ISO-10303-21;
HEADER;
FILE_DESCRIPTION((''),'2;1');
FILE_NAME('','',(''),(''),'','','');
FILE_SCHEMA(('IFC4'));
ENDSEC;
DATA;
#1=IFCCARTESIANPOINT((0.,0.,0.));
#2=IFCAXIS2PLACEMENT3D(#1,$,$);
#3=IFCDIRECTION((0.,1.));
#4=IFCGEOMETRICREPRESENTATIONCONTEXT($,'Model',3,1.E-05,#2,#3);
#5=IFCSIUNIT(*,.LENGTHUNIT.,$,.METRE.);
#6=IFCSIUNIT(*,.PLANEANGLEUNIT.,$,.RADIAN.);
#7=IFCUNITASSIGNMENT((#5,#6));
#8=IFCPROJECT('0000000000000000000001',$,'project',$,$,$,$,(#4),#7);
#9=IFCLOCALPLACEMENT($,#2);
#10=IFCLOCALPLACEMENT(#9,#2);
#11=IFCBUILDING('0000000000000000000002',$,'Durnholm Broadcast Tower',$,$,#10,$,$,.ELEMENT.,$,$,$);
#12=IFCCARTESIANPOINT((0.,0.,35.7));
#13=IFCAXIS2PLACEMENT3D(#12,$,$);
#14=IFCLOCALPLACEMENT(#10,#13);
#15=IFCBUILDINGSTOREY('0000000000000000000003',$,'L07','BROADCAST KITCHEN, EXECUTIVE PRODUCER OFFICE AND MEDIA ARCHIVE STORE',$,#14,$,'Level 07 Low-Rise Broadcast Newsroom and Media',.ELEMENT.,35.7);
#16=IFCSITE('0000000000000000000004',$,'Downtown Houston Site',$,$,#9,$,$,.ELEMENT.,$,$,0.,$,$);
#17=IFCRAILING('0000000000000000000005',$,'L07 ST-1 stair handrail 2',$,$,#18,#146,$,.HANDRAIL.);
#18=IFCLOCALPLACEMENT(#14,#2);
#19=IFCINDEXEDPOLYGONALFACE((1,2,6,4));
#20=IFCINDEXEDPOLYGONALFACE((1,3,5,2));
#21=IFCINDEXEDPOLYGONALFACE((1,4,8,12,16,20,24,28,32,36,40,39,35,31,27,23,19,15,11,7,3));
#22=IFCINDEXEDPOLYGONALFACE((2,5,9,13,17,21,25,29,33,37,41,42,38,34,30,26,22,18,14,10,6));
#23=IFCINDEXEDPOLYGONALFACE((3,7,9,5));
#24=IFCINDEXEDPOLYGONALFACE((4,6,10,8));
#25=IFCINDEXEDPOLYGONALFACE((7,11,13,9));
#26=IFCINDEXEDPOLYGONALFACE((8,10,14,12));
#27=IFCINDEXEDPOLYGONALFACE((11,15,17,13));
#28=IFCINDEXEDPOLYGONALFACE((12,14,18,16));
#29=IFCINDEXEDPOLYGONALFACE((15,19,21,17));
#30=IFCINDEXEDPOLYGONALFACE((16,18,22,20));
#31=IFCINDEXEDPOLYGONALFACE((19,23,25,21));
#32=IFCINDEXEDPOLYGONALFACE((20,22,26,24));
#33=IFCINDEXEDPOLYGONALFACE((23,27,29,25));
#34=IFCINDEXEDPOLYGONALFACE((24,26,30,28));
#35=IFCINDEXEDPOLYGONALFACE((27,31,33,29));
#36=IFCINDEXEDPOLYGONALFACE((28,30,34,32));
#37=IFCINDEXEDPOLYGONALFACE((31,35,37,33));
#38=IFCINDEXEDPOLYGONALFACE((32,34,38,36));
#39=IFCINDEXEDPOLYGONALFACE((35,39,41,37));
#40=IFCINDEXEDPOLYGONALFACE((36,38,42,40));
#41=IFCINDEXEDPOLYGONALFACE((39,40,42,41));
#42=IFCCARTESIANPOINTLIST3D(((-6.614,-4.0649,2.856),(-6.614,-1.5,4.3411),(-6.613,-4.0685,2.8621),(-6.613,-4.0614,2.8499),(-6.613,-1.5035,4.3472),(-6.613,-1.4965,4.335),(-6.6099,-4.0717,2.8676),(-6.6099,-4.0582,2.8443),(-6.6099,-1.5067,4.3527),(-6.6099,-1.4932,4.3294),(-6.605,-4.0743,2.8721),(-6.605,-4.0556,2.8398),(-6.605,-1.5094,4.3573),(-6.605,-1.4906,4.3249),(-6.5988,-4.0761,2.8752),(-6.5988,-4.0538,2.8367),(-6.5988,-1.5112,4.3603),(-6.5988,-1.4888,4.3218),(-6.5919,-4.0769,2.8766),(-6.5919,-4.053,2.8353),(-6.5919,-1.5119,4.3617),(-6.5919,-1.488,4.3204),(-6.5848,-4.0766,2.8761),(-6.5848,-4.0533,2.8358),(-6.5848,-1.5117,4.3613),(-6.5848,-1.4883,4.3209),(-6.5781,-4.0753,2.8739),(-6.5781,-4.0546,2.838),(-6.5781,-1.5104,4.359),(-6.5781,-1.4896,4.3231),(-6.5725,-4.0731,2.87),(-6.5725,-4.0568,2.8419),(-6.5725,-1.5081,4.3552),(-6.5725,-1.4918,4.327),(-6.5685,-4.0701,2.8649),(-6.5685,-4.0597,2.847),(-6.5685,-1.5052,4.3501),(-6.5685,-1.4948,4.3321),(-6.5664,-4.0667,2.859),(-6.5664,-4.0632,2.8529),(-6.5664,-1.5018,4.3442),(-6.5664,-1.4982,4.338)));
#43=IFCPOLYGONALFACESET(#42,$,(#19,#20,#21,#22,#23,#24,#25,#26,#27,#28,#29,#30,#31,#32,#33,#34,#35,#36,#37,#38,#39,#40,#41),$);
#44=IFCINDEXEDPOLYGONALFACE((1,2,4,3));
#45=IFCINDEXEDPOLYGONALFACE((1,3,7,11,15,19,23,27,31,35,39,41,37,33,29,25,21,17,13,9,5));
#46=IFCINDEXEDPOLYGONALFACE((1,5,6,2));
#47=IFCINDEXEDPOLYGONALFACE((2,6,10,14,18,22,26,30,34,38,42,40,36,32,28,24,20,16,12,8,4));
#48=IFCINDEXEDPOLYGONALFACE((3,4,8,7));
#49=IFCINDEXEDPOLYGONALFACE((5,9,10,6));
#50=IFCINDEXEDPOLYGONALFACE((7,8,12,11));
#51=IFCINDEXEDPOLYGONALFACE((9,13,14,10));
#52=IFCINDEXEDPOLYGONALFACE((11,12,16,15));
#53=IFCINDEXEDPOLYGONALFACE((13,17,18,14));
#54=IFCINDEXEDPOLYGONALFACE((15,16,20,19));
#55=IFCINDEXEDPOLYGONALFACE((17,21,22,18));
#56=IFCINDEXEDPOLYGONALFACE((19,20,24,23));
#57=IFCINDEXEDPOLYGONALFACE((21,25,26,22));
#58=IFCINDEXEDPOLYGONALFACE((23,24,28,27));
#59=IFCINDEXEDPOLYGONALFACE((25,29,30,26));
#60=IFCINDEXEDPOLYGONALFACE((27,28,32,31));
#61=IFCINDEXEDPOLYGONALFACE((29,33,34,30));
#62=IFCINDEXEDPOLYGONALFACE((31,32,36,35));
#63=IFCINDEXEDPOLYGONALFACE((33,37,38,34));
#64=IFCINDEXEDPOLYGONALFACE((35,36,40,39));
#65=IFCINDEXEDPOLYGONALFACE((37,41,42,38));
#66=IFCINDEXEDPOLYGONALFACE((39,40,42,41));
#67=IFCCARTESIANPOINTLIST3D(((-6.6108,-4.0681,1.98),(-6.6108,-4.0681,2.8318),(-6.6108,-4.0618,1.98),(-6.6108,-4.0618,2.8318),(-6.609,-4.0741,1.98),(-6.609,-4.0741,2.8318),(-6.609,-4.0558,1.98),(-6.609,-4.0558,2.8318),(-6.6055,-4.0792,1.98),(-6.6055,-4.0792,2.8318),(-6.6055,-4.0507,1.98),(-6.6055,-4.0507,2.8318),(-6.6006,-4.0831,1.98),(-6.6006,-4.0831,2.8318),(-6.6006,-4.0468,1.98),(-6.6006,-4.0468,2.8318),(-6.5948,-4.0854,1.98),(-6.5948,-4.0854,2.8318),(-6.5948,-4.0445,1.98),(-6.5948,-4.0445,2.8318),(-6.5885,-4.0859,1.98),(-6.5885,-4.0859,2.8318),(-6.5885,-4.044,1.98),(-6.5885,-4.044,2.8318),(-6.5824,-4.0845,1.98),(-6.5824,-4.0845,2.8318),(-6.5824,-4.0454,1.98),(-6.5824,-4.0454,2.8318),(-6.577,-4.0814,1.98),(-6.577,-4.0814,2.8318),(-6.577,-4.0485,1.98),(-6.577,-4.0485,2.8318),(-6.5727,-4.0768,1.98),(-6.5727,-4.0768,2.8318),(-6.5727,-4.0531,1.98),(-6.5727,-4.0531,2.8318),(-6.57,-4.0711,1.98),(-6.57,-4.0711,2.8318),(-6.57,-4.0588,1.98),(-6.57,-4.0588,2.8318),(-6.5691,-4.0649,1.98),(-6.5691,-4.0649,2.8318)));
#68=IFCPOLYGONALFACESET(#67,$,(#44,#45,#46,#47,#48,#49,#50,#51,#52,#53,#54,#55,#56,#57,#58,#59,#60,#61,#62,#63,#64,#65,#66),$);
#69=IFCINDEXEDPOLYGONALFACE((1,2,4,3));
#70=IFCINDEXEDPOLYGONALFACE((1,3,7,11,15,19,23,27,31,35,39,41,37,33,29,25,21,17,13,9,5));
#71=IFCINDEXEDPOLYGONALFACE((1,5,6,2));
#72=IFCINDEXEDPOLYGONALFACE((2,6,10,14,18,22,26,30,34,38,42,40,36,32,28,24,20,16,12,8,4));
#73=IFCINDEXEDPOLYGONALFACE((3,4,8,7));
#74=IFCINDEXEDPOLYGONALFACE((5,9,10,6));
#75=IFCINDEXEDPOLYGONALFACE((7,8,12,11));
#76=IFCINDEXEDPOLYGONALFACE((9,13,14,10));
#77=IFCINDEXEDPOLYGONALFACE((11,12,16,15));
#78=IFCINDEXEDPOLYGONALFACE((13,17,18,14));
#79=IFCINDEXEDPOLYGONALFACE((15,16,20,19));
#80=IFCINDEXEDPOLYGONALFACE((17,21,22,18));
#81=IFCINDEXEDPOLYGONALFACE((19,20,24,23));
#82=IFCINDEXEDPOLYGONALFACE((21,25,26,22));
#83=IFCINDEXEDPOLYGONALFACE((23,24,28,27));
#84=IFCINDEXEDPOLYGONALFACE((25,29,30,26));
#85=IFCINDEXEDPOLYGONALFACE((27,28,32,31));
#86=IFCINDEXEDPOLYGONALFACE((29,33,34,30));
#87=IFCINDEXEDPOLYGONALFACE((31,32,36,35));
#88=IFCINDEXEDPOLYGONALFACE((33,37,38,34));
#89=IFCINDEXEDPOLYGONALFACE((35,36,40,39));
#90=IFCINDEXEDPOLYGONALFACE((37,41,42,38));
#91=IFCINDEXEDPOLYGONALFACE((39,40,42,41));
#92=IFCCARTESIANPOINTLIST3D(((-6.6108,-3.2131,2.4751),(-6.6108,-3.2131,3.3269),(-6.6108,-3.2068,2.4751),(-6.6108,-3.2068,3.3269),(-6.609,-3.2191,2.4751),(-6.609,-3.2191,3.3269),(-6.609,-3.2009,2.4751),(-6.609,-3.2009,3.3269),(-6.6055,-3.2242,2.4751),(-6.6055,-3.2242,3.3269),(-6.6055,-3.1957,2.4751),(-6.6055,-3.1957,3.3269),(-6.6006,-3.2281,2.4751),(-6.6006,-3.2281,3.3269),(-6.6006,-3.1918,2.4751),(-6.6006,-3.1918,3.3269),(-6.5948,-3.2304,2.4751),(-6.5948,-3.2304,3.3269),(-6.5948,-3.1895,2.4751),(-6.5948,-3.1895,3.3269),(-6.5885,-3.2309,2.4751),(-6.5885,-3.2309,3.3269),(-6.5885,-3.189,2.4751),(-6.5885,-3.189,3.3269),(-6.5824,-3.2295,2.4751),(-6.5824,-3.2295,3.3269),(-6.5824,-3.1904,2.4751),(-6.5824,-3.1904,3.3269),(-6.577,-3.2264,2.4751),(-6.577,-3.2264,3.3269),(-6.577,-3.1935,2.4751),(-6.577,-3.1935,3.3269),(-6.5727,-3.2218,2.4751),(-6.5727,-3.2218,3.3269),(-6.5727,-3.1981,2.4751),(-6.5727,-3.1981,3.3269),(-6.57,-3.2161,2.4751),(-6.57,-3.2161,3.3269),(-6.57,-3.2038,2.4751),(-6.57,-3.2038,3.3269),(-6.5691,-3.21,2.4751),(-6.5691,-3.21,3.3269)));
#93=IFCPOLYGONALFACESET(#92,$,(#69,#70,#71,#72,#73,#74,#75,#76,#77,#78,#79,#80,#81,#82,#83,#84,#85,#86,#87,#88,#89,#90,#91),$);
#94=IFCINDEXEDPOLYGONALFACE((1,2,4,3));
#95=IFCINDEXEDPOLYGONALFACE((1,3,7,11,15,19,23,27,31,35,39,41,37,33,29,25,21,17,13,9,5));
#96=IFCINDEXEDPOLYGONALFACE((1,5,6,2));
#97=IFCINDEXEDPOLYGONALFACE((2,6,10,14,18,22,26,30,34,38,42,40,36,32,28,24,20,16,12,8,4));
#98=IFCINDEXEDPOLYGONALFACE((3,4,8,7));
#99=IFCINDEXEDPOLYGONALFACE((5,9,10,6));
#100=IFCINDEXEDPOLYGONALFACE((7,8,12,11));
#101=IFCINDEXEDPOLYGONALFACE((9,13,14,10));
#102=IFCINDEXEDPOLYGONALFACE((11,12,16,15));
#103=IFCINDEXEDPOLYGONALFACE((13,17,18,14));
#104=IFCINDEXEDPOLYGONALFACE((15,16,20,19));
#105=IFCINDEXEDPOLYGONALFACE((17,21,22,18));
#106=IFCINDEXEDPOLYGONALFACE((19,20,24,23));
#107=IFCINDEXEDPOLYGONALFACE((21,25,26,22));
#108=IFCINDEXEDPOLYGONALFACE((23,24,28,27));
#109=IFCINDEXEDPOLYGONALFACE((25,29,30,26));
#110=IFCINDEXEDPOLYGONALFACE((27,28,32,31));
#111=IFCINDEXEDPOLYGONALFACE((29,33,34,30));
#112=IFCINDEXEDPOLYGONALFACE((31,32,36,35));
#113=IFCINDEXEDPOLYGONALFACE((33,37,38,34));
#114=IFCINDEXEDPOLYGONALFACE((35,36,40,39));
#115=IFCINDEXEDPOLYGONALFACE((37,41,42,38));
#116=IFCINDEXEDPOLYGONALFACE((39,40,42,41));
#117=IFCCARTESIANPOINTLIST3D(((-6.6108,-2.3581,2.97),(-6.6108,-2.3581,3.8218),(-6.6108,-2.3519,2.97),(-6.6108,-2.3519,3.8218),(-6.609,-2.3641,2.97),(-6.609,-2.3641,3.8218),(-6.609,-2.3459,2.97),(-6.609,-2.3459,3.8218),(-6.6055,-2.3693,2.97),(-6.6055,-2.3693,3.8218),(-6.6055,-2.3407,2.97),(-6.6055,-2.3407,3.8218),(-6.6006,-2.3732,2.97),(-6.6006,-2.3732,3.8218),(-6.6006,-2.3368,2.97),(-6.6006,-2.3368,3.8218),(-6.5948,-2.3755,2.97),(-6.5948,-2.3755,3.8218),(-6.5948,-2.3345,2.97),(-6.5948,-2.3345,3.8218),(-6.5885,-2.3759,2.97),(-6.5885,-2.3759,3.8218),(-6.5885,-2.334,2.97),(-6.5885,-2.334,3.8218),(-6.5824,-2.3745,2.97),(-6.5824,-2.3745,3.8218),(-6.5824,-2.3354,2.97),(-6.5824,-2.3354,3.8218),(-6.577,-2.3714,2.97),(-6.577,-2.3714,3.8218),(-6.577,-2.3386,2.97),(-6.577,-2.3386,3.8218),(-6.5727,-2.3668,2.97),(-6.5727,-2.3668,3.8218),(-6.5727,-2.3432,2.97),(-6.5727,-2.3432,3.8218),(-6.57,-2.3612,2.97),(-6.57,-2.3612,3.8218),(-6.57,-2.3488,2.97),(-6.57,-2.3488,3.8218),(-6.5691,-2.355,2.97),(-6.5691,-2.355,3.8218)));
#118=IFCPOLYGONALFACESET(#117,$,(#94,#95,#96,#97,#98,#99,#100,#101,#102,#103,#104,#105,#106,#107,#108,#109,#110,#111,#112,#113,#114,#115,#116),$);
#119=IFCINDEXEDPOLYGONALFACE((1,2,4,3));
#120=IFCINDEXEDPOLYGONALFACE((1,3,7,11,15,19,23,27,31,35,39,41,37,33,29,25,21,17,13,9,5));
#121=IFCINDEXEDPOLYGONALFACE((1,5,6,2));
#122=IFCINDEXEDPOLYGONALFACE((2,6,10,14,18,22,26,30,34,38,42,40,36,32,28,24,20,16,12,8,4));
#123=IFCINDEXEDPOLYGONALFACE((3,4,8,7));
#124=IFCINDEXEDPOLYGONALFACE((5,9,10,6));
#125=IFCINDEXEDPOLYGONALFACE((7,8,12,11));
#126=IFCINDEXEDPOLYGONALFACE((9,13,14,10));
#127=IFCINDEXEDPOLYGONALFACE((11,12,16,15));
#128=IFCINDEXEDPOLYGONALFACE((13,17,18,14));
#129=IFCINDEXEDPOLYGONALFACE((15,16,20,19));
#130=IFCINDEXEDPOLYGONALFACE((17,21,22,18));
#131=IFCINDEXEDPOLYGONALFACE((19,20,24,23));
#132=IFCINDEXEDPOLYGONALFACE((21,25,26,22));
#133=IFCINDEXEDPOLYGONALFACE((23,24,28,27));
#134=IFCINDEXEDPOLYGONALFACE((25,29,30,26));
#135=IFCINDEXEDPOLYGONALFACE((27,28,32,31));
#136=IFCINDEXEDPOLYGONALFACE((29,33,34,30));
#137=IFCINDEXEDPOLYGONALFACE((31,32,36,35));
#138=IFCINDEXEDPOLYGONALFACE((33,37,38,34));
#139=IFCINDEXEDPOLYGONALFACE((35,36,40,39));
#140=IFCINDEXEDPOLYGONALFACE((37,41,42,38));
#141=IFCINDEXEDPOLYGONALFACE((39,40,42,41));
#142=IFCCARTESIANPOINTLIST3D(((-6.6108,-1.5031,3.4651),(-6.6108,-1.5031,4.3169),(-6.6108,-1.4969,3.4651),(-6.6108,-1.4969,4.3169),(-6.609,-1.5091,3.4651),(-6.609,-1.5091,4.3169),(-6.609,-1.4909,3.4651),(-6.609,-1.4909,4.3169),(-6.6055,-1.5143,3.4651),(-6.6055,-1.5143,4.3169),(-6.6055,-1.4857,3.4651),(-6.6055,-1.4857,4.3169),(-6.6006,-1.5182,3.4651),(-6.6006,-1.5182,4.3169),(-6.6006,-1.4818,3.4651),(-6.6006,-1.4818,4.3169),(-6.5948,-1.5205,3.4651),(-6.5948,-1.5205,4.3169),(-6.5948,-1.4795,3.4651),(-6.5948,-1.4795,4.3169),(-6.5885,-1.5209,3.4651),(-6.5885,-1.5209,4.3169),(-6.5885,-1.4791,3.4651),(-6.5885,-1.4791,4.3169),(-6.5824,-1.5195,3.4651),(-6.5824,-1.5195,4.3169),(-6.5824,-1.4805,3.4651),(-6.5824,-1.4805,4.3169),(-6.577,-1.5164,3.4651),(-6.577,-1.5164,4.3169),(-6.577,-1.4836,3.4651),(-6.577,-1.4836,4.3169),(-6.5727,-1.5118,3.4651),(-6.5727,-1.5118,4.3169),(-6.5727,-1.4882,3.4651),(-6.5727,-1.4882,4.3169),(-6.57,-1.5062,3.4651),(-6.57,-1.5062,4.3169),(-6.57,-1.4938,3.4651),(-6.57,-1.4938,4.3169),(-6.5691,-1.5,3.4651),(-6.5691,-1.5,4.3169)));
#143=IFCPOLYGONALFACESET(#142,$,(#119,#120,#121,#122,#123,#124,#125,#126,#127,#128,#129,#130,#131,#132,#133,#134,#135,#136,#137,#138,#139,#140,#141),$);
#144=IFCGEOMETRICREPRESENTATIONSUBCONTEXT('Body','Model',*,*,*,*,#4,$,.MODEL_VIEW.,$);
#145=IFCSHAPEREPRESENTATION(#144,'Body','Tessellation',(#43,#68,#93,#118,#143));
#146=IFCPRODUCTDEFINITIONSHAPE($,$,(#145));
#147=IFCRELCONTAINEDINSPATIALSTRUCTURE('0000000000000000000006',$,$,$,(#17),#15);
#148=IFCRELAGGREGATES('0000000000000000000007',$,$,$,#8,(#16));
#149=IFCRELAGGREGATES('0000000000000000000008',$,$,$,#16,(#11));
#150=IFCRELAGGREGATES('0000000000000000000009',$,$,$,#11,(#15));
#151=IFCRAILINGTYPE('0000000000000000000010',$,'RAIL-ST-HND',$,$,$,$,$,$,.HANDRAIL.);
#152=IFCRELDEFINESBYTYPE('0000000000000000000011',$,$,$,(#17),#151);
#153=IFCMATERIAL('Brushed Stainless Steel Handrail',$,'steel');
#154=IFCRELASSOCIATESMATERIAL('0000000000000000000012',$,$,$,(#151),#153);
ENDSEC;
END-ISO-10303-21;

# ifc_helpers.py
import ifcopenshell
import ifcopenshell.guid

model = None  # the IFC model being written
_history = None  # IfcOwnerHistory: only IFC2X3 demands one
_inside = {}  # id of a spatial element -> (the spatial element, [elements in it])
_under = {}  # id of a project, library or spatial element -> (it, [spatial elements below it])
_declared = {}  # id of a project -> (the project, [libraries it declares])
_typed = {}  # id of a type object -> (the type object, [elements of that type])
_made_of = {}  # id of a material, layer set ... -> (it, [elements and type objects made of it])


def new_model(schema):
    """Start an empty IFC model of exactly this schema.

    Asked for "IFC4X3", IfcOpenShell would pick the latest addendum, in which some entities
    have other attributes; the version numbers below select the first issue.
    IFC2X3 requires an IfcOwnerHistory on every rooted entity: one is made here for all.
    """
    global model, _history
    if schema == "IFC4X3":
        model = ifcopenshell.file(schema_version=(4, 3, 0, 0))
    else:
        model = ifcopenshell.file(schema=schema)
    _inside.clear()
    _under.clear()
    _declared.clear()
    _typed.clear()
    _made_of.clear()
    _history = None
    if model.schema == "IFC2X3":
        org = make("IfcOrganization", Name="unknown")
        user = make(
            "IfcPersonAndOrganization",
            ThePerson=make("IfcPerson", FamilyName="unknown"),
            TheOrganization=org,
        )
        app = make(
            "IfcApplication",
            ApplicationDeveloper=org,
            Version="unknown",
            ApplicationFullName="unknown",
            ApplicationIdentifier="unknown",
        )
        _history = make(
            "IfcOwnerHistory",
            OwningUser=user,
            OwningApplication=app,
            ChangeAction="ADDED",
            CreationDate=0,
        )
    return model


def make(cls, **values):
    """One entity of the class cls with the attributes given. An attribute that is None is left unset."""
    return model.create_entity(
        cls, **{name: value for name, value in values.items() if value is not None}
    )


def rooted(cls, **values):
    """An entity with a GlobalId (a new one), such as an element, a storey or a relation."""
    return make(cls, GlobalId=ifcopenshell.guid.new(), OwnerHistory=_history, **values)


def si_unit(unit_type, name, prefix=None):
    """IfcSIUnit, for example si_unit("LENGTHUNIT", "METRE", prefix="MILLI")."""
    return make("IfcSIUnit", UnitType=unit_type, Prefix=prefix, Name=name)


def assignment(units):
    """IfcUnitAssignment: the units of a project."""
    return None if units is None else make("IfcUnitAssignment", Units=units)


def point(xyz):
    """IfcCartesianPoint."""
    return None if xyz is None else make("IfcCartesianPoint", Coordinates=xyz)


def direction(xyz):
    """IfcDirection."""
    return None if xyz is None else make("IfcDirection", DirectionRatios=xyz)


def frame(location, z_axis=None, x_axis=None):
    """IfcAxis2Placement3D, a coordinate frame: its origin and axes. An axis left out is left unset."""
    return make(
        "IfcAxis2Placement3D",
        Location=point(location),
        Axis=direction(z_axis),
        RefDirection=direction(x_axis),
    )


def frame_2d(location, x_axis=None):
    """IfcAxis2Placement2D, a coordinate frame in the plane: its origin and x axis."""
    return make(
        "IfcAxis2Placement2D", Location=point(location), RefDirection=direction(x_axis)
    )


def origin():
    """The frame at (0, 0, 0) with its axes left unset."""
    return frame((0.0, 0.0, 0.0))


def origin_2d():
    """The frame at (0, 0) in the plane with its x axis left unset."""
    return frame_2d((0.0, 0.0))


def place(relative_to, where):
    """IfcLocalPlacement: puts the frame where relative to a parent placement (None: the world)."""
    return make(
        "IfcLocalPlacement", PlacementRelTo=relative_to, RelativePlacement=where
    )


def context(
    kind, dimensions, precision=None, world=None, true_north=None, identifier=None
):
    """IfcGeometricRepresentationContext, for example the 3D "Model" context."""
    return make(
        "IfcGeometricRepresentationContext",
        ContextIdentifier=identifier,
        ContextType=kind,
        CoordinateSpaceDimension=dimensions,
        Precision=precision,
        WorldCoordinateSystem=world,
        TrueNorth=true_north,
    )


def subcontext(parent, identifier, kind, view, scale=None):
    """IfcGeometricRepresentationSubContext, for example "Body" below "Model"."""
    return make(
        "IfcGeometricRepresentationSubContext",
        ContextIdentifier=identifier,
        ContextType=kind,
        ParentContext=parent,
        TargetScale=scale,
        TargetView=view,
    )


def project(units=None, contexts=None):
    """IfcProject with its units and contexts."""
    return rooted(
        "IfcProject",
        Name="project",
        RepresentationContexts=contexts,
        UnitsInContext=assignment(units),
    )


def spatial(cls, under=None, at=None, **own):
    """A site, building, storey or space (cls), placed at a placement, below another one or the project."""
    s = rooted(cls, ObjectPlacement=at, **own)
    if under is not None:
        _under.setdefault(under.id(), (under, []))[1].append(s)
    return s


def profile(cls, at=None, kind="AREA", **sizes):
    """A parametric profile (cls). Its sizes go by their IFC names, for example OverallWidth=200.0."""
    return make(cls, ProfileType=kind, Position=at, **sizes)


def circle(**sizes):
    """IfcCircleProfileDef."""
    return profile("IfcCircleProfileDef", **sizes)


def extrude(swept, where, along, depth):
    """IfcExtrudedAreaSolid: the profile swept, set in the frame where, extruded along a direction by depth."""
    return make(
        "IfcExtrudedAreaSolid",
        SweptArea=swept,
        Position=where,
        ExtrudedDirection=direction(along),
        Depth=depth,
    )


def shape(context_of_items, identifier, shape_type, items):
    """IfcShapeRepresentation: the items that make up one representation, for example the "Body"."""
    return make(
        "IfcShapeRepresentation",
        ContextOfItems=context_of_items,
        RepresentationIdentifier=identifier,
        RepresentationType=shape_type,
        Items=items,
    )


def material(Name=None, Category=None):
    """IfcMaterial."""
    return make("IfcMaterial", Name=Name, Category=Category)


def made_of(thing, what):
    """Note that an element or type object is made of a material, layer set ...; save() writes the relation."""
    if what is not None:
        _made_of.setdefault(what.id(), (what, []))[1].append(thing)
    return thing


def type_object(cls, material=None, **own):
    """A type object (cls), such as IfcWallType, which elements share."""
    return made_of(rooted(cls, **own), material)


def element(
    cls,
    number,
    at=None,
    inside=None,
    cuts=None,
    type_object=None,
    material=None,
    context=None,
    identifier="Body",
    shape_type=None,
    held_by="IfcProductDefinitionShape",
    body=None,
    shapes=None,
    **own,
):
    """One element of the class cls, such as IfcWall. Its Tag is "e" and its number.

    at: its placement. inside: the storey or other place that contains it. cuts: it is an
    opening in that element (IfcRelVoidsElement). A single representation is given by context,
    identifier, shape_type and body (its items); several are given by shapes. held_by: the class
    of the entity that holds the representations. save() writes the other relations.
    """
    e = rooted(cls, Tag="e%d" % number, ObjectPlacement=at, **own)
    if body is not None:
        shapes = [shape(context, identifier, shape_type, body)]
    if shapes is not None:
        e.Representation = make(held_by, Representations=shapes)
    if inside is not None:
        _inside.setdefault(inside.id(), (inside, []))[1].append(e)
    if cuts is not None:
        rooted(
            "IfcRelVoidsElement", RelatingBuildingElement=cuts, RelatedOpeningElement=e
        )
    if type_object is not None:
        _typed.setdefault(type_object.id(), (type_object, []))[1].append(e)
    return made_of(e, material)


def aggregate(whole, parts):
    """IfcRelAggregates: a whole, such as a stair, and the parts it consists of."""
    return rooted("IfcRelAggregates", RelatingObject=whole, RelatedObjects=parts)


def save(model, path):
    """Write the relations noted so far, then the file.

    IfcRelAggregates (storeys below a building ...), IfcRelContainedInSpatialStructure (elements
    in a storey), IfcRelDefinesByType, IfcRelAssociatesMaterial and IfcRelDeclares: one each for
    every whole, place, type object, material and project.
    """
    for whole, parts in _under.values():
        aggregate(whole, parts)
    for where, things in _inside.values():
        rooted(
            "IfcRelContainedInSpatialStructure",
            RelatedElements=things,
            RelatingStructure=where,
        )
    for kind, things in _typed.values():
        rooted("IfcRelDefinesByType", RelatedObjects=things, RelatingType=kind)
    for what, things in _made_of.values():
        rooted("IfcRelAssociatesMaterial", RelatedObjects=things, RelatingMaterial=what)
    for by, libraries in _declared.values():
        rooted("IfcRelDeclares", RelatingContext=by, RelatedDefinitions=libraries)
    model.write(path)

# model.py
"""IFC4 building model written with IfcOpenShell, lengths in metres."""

from ifc_helpers import new_model, si_unit, direction, frame, origin, origin_2d, place, context, subcontext, project, spatial, circle, extrude, material, type_object, element, save


model = new_model("IFC4")

# Units and contexts
model_context = context("Model", 3, precision=1e-05, world=origin(), true_north=direction((0.0, 1.0)))
body_context = subcontext(model_context, "Body", "Model", "MODEL_VIEW")
ifc_project = project(units=[si_unit("LENGTHUNIT", "METRE"), si_unit("PLANEANGLEUNIT", "RADIAN")], contexts=[model_context])

# Site, building, storey
site_placement = place(None, origin())
site = spatial("IfcSite", under=ifc_project, at=site_placement, Name="Downtown Houston Site", CompositionType="ELEMENT", RefElevation=0.0)
building_placement = place(site_placement, origin())
building = spatial("IfcBuilding", under=site, at=building_placement, Name="Durnholm Broadcast Tower", CompositionType="ELEMENT")
storey_placement = place(building_placement, frame((0.0, 0.0, 35.7)))
storey = spatial("IfcBuildingStorey", under=building, at=storey_placement, Name="L07", Description="BROADCAST KITCHEN, EXECUTIVE PRODUCER OFFICE AND MEDIA ARCHIVE STORE", LongName="Level 07 Low-Rise Broadcast Newsroom and Media", CompositionType="ELEMENT", Elevation=35.7)

# Railing
ifc_material_1 = material(Name="Brushed Stainless Steel Handrail", Category="steel")
railing_type_1 = type_object("IfcRailingType", Name="RAIL-ST-HND", PredefinedType="HANDRAIL", material=ifc_material_1)
railing_1_placement = place(storey_placement, frame((-6.5901, -4.0649, 1.98)))
element("IfcRailing", 1, at=railing_1_placement, inside=storey, type_object=railing_type_1, Name="L07 ST-1 stair handrail 2", PredefinedType="HANDRAIL", context=body_context, shape_type="SweptSolid", body=[
    extrude(circle(Radius=0.0239, at=origin_2d()), frame((0.0, 0.0, 0.876), z_axis=(0.0, 0.865406, 0.501072), x_axis=(-1.0, 0.0, 0.0)), (0.0, 0.0, 1.0), 2.9639),
    extrude(circle(Radius=0.021, at=origin_2d()), origin(), (0.0, 0.0, 1.0), 0.8518),
    extrude(circle(Radius=0.021, at=origin_2d()), frame((0.0, 0.855, 0.4951)), (0.0, 0.0, 1.0), 0.8518),
    extrude(circle(Radius=0.021, at=origin_2d()), frame((0.0, 1.71, 0.99)), (0.0, 0.0, 1.0), 0.8518),
    extrude(circle(Radius=0.021, at=origin_2d()), frame((0.0, 2.5649, 1.4851)), (0.0, 0.0, 1.0), 0.8518),
])

save(model, "model.ifc")
